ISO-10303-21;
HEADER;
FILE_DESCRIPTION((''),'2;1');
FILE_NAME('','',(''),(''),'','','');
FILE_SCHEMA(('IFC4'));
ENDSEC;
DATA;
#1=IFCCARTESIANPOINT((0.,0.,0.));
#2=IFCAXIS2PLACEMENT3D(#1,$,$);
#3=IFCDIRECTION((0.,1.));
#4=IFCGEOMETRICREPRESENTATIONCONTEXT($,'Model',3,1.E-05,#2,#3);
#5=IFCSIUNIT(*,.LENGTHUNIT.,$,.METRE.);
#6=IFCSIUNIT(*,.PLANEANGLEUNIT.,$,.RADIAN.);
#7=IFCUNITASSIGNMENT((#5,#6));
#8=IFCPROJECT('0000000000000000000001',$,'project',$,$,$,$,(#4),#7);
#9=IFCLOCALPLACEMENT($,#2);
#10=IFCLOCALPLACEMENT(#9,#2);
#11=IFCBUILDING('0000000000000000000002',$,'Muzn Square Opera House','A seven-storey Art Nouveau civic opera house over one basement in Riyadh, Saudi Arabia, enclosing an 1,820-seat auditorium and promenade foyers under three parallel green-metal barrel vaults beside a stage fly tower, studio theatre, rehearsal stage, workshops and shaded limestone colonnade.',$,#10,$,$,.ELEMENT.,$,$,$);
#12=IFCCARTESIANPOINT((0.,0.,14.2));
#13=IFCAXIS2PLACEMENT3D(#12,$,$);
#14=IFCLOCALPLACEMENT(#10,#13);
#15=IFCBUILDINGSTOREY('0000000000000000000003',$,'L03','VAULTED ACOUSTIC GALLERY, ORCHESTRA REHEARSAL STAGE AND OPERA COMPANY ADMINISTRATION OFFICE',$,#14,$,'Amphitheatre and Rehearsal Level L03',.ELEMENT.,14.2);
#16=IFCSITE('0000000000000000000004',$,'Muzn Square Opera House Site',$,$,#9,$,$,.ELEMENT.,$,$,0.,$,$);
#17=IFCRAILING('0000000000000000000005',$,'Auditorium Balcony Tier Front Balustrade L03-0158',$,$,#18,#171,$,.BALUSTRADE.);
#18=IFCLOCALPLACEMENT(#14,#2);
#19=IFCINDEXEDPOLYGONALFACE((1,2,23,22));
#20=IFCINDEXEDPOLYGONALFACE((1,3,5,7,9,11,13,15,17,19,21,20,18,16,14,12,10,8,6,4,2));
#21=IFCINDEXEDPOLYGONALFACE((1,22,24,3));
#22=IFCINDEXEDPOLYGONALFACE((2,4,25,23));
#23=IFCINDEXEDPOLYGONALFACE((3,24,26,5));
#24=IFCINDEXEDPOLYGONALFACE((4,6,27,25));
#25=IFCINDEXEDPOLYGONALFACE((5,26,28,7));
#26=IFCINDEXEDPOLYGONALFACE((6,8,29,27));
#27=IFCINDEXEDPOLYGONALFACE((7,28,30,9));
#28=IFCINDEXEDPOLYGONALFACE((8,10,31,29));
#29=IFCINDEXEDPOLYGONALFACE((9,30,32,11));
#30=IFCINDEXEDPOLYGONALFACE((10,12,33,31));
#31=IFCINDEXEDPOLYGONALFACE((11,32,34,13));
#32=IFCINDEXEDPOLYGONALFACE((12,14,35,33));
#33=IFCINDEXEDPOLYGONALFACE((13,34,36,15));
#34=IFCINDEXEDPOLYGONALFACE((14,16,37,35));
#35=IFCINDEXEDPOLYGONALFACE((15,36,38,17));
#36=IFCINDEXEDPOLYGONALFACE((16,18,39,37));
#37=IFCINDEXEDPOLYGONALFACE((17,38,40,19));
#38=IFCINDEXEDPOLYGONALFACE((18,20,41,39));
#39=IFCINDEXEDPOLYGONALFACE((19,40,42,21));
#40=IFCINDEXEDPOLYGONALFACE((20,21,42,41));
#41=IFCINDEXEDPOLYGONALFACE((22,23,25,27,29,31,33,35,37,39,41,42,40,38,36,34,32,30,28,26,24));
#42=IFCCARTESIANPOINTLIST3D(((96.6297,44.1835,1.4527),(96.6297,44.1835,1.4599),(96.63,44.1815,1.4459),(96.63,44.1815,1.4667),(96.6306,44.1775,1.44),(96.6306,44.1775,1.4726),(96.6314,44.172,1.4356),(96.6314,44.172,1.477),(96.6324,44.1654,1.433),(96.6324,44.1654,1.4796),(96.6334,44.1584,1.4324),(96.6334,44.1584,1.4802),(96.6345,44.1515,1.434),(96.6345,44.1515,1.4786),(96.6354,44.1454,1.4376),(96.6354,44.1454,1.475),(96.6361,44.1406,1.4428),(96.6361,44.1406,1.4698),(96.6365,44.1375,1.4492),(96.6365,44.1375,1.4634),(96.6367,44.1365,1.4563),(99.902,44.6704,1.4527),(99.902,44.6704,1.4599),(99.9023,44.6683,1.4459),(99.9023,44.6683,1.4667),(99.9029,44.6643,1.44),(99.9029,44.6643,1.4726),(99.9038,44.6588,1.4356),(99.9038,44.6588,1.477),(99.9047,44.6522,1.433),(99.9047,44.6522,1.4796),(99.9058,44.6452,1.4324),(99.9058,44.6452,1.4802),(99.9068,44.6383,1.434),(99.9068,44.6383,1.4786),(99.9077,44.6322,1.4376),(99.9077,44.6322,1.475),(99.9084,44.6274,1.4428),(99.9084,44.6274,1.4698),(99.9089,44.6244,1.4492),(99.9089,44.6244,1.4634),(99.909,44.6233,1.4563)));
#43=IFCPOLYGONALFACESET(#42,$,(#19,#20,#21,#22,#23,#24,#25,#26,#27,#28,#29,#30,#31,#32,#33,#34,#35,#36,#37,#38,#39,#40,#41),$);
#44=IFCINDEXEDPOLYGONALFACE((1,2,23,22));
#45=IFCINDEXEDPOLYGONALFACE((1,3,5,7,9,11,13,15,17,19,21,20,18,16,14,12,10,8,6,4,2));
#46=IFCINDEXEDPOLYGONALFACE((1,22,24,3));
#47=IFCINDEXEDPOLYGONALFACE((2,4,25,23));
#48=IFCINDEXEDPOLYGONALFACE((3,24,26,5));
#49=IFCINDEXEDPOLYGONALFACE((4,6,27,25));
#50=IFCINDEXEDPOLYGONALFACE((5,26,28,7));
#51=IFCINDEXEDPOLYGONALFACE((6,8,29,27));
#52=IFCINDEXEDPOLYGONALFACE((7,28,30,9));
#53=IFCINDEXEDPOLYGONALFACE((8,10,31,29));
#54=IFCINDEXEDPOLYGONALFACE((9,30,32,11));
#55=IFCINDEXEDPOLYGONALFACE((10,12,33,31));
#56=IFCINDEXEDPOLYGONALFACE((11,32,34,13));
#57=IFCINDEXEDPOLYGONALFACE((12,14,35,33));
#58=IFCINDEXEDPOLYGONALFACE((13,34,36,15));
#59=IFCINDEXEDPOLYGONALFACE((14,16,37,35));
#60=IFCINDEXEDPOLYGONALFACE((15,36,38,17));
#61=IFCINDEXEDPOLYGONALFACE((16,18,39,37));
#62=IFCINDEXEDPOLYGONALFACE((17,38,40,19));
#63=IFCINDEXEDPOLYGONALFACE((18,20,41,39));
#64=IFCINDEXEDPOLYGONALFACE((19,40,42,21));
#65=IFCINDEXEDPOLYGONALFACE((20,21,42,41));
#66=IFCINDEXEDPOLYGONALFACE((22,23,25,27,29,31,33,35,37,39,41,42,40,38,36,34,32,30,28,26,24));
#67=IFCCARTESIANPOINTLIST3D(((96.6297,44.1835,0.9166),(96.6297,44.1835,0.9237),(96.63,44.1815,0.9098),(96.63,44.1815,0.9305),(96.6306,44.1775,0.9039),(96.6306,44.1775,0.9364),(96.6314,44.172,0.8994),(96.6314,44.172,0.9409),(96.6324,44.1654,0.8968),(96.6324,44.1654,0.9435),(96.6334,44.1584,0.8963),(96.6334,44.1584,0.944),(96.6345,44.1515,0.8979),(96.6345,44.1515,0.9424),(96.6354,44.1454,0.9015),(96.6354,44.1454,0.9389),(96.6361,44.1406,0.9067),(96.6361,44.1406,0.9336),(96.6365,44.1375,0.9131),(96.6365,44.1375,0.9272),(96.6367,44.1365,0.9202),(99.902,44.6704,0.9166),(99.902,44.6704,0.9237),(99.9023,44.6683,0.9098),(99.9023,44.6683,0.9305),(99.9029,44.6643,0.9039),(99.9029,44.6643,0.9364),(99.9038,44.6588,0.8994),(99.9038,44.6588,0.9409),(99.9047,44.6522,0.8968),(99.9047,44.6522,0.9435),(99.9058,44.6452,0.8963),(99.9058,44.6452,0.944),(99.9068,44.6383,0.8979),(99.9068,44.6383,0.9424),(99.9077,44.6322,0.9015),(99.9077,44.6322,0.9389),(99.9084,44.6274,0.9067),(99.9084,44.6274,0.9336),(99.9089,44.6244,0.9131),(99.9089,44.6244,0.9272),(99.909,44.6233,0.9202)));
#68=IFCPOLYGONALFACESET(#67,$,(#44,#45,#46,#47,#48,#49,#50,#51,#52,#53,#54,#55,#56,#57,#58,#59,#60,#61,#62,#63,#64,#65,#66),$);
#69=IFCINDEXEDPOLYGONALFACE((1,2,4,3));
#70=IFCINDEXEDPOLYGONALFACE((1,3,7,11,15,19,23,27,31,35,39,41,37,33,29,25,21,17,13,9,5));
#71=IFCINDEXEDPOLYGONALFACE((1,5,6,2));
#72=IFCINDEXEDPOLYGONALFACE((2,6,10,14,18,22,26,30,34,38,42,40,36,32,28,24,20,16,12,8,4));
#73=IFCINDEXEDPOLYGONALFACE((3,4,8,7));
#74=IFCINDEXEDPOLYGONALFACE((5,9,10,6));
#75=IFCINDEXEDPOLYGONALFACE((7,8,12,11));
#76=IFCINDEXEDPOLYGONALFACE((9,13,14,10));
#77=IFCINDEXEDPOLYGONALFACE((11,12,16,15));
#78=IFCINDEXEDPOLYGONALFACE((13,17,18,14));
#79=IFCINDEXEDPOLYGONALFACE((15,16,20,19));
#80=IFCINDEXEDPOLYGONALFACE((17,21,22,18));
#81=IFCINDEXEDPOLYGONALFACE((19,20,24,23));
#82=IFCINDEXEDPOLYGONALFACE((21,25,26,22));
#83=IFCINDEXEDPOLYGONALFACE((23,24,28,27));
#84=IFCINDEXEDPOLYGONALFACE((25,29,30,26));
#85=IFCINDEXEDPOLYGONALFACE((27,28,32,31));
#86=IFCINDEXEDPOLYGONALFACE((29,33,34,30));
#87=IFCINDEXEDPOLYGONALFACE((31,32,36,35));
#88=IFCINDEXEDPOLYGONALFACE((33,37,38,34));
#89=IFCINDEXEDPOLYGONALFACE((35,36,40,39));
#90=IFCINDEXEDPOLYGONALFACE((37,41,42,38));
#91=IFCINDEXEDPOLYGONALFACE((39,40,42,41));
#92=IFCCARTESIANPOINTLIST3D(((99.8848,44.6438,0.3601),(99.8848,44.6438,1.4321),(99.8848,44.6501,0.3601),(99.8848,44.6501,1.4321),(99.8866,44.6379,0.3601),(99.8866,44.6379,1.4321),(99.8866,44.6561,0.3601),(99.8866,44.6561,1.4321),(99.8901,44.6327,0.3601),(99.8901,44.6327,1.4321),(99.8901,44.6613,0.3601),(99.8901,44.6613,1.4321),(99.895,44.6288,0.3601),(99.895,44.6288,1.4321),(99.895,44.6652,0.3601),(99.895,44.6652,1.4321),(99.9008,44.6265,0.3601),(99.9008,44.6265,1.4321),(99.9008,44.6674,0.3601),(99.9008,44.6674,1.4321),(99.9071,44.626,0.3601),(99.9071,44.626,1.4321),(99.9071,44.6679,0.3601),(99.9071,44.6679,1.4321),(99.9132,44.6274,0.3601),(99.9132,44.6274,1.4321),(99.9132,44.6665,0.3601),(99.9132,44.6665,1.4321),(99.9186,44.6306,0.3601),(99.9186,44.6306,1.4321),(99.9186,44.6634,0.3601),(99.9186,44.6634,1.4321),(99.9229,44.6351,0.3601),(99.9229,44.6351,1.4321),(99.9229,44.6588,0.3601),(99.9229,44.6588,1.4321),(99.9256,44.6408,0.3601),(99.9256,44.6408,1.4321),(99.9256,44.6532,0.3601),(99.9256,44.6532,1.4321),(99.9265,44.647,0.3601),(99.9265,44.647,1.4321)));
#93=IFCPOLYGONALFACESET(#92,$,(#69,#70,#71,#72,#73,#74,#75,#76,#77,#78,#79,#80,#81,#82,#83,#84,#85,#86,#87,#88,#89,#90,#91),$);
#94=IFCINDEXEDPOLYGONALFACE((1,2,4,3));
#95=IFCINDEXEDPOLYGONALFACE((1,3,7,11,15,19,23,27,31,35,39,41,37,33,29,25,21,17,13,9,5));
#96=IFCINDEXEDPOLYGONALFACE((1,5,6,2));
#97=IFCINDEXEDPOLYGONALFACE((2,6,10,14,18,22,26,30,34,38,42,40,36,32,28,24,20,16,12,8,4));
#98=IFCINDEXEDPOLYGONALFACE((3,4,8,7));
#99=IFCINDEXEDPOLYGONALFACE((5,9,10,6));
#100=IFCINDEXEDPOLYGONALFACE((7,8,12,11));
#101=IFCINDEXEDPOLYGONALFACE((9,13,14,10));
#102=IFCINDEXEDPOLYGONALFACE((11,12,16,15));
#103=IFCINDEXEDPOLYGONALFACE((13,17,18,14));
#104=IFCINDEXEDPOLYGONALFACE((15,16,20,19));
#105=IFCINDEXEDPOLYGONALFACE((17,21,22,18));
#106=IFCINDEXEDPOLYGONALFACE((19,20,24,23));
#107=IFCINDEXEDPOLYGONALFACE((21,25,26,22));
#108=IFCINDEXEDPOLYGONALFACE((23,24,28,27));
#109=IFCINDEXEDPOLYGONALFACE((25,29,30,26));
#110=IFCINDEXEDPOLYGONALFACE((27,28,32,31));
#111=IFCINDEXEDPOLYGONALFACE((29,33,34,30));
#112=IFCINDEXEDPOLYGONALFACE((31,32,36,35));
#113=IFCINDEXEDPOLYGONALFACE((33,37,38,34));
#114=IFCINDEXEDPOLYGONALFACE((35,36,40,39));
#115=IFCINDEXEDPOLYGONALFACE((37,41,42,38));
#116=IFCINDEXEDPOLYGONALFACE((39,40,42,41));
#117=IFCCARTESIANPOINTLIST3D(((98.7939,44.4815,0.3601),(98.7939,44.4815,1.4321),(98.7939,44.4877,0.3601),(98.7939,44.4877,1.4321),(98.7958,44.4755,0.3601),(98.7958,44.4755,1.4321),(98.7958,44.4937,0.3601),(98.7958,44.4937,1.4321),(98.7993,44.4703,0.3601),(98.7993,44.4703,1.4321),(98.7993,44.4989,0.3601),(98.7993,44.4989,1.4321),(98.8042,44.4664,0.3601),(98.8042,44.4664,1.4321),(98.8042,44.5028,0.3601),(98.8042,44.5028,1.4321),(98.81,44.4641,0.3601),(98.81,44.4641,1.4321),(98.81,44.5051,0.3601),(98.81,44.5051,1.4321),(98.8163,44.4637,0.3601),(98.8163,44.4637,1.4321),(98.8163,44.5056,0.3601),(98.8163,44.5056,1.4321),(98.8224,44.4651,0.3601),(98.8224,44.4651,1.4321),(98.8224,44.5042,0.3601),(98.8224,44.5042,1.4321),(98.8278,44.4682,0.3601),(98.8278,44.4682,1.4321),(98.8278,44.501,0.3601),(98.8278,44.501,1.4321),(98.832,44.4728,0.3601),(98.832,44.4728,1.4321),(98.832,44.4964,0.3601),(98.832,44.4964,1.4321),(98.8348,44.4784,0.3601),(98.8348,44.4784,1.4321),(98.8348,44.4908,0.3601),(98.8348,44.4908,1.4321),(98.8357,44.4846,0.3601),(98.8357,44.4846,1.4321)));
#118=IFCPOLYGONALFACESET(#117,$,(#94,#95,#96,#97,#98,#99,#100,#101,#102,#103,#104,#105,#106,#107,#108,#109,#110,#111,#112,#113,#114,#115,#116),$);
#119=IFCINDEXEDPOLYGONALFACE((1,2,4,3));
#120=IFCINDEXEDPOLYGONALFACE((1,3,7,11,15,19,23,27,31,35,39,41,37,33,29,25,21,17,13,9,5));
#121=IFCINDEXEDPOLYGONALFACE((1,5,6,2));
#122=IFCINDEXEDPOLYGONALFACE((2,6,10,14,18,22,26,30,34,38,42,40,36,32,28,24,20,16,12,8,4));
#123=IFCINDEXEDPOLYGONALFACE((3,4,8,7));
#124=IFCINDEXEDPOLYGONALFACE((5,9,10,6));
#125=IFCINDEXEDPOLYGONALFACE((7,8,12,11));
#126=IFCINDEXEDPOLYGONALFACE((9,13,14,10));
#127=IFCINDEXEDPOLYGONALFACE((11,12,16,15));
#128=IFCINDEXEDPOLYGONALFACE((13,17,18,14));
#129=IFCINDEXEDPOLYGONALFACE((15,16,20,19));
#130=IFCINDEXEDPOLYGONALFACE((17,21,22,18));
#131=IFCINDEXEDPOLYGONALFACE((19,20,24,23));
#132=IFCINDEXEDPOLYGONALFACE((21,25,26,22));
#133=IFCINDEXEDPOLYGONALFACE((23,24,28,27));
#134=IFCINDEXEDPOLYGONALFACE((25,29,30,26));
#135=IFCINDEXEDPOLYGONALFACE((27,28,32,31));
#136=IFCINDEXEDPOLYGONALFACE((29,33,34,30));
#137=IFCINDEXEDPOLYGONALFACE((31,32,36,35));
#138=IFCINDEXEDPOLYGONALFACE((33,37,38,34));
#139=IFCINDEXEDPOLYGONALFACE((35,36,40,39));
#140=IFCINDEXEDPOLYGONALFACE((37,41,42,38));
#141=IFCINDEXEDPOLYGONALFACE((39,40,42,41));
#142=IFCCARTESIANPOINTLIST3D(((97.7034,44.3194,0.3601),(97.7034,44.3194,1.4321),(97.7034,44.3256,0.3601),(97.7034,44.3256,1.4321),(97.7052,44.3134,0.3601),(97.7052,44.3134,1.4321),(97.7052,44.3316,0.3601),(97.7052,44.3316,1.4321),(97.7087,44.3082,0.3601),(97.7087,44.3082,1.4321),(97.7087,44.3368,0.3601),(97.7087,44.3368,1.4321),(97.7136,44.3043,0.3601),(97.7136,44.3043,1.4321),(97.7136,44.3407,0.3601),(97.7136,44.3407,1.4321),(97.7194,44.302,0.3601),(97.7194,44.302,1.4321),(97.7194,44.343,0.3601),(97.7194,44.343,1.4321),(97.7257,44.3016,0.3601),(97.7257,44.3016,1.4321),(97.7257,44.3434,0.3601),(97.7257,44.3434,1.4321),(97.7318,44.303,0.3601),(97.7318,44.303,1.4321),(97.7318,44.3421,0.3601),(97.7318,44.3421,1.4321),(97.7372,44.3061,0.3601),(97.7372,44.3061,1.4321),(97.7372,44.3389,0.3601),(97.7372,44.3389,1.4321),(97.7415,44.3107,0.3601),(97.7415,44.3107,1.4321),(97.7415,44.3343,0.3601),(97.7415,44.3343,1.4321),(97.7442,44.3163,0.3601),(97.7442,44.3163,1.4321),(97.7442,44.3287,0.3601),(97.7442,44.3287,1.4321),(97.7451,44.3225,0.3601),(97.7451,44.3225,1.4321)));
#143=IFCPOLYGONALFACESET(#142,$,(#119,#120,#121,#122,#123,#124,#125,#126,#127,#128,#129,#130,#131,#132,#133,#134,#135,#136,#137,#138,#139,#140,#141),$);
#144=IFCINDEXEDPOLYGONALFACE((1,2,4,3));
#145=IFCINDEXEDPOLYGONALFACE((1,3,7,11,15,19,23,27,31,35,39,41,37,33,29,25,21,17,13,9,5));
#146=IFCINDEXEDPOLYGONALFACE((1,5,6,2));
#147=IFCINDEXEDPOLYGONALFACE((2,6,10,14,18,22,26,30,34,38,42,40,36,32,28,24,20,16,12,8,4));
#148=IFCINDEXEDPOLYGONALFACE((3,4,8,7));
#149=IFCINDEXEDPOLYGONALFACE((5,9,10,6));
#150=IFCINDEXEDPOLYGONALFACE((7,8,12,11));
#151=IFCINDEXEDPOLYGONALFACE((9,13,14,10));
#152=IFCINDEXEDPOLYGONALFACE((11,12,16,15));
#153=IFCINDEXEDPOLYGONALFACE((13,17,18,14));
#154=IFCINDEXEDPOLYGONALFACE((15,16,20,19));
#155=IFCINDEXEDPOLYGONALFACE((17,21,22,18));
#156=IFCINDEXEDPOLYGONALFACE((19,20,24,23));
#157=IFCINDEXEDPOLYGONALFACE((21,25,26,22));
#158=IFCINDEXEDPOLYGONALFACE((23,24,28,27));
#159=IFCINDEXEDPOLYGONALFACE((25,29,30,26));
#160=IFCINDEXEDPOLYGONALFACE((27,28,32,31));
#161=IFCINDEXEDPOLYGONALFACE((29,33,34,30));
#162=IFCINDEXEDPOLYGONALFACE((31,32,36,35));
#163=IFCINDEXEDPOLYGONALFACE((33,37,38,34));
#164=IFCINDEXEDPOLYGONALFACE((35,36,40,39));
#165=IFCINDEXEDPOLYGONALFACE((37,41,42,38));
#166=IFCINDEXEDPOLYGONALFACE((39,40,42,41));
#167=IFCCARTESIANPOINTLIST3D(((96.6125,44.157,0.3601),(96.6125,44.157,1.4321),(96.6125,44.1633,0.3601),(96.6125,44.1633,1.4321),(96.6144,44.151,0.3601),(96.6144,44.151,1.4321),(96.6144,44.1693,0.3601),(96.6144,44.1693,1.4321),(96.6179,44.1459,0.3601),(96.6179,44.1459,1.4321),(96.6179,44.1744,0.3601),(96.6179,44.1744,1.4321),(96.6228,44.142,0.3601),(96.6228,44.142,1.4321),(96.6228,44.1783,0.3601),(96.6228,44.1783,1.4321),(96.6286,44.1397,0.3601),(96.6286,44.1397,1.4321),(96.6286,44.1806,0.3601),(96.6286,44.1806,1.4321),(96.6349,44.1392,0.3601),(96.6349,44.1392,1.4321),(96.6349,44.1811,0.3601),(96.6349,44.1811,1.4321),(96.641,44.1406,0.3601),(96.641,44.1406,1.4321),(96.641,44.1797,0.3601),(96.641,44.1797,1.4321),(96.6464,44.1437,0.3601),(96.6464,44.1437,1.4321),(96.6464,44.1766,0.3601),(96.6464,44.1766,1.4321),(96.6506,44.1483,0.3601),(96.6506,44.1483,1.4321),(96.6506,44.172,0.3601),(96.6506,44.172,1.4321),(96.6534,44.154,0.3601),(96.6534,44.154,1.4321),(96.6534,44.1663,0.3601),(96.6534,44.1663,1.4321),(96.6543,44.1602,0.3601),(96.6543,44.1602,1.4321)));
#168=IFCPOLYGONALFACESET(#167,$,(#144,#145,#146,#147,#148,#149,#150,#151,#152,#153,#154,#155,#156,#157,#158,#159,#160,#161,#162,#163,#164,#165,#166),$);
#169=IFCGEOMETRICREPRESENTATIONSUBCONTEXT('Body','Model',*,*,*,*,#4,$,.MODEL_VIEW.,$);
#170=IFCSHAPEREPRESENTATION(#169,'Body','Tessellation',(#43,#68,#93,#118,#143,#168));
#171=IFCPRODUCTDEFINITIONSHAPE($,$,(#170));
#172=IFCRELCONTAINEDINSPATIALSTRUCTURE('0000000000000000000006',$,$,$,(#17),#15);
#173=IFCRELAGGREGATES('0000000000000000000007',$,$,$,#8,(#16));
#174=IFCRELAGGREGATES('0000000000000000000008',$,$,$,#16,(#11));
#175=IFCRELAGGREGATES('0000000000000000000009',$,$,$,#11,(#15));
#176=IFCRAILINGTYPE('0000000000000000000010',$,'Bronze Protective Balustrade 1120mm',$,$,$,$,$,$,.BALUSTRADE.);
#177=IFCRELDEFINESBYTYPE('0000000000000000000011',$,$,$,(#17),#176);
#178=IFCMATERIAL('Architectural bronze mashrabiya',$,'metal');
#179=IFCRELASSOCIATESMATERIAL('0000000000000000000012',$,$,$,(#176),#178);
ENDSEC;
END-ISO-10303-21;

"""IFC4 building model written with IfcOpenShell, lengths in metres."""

from ifc_helpers import new_model, si_unit, direction, frame, origin, origin_2d, place, context, subcontext, project, spatial, circle, extrude, material, type_object, element, save


model = new_model("IFC4")

# Units and contexts
model_context = context("Model", 3, precision=1e-05, world=origin(), true_north=direction((0.0, 1.0)))
body_context = subcontext(model_context, "Body", "Model", "MODEL_VIEW")
ifc_project = project(units=[si_unit("LENGTHUNIT", "METRE"), si_unit("PLANEANGLEUNIT", "RADIAN")], contexts=[model_context])

# Site, building, storey
site_placement = place(None, origin())
site = spatial("IfcSite", under=ifc_project, at=site_placement, Name="Muzn Square Opera House Site", CompositionType="ELEMENT", RefElevation=0.0)
building_placement = place(site_placement, origin())
building = spatial("IfcBuilding", under=site, at=building_placement, Name="Muzn Square Opera House", Description="A seven-storey Art Nouveau civic opera house over one basement in Riyadh, Saudi Arabia, enclosing an 1,820-seat auditorium and promenade foyers under three parallel green-metal barrel vaults beside a stage fly tower, studio theatre, rehearsal stage, workshops and shaded limestone colonnade.", CompositionType="ELEMENT")
storey_placement = place(building_placement, frame((0.0, 0.0, 14.2)))
storey = spatial("IfcBuildingStorey", under=building, at=storey_placement, Name="L03", Description="VAULTED ACOUSTIC GALLERY, ORCHESTRA REHEARSAL STAGE AND OPERA COMPANY ADMINISTRATION OFFICE", LongName="Amphitheatre and Rehearsal Level L03", CompositionType="ELEMENT", Elevation=14.2)

# Railing
ifc_material_1 = material(Name="Architectural bronze mashrabiya", Category="metal")
railing_type = type_object("IfcRailingType", Name="Bronze Protective Balustrade 1120mm", PredefinedType="BALUSTRADE", material=ifc_material_1)
railing_1_placement = place(storey_placement, frame((99.9055, 44.647, 0.3601)))
element("IfcRailing", 1, at=railing_1_placement, inside=storey, type_object=railing_type, Name="Auditorium Balcony Tier Front Balustrade L03-0158", PredefinedType="BALUSTRADE", context=body_context, shape_type="SweptSolid", body=[
    extrude(circle(Radius=0.0239, at=origin_2d()), frame((0.0, 0.0, 1.0962), z_axis=(-0.989114, -0.147153, 0.0), x_axis=(0.147153, -0.989114, 0.0)), (0.0, 0.0, 1.0), 3.3083),
    extrude(circle(Radius=0.0239, at=origin_2d()), frame((0.0, 0.0, 0.5601), z_axis=(-0.989114, -0.147153, 0.0), x_axis=(0.147153, -0.989114, 0.0)), (0.0, 0.0, 1.0), 3.3083),
    extrude(circle(Radius=0.021, at=origin_2d()), origin(), (0.0, 0.0, 1.0), 1.072),
    extrude(circle(Radius=0.021, at=origin_2d()), frame((-1.0908, -0.1624, 0.0)), (0.0, 0.0, 1.0), 1.072),
    extrude(circle(Radius=0.021, at=origin_2d()), frame((-2.1814, -0.3245, 0.0)), (0.0, 0.0, 1.0), 1.072),
    extrude(circle(Radius=0.021, at=origin_2d()), frame((-3.2722, -0.4868, 0.0)), (0.0, 0.0, 1.0), 1.072),
])

save(model, "model.ifc")
